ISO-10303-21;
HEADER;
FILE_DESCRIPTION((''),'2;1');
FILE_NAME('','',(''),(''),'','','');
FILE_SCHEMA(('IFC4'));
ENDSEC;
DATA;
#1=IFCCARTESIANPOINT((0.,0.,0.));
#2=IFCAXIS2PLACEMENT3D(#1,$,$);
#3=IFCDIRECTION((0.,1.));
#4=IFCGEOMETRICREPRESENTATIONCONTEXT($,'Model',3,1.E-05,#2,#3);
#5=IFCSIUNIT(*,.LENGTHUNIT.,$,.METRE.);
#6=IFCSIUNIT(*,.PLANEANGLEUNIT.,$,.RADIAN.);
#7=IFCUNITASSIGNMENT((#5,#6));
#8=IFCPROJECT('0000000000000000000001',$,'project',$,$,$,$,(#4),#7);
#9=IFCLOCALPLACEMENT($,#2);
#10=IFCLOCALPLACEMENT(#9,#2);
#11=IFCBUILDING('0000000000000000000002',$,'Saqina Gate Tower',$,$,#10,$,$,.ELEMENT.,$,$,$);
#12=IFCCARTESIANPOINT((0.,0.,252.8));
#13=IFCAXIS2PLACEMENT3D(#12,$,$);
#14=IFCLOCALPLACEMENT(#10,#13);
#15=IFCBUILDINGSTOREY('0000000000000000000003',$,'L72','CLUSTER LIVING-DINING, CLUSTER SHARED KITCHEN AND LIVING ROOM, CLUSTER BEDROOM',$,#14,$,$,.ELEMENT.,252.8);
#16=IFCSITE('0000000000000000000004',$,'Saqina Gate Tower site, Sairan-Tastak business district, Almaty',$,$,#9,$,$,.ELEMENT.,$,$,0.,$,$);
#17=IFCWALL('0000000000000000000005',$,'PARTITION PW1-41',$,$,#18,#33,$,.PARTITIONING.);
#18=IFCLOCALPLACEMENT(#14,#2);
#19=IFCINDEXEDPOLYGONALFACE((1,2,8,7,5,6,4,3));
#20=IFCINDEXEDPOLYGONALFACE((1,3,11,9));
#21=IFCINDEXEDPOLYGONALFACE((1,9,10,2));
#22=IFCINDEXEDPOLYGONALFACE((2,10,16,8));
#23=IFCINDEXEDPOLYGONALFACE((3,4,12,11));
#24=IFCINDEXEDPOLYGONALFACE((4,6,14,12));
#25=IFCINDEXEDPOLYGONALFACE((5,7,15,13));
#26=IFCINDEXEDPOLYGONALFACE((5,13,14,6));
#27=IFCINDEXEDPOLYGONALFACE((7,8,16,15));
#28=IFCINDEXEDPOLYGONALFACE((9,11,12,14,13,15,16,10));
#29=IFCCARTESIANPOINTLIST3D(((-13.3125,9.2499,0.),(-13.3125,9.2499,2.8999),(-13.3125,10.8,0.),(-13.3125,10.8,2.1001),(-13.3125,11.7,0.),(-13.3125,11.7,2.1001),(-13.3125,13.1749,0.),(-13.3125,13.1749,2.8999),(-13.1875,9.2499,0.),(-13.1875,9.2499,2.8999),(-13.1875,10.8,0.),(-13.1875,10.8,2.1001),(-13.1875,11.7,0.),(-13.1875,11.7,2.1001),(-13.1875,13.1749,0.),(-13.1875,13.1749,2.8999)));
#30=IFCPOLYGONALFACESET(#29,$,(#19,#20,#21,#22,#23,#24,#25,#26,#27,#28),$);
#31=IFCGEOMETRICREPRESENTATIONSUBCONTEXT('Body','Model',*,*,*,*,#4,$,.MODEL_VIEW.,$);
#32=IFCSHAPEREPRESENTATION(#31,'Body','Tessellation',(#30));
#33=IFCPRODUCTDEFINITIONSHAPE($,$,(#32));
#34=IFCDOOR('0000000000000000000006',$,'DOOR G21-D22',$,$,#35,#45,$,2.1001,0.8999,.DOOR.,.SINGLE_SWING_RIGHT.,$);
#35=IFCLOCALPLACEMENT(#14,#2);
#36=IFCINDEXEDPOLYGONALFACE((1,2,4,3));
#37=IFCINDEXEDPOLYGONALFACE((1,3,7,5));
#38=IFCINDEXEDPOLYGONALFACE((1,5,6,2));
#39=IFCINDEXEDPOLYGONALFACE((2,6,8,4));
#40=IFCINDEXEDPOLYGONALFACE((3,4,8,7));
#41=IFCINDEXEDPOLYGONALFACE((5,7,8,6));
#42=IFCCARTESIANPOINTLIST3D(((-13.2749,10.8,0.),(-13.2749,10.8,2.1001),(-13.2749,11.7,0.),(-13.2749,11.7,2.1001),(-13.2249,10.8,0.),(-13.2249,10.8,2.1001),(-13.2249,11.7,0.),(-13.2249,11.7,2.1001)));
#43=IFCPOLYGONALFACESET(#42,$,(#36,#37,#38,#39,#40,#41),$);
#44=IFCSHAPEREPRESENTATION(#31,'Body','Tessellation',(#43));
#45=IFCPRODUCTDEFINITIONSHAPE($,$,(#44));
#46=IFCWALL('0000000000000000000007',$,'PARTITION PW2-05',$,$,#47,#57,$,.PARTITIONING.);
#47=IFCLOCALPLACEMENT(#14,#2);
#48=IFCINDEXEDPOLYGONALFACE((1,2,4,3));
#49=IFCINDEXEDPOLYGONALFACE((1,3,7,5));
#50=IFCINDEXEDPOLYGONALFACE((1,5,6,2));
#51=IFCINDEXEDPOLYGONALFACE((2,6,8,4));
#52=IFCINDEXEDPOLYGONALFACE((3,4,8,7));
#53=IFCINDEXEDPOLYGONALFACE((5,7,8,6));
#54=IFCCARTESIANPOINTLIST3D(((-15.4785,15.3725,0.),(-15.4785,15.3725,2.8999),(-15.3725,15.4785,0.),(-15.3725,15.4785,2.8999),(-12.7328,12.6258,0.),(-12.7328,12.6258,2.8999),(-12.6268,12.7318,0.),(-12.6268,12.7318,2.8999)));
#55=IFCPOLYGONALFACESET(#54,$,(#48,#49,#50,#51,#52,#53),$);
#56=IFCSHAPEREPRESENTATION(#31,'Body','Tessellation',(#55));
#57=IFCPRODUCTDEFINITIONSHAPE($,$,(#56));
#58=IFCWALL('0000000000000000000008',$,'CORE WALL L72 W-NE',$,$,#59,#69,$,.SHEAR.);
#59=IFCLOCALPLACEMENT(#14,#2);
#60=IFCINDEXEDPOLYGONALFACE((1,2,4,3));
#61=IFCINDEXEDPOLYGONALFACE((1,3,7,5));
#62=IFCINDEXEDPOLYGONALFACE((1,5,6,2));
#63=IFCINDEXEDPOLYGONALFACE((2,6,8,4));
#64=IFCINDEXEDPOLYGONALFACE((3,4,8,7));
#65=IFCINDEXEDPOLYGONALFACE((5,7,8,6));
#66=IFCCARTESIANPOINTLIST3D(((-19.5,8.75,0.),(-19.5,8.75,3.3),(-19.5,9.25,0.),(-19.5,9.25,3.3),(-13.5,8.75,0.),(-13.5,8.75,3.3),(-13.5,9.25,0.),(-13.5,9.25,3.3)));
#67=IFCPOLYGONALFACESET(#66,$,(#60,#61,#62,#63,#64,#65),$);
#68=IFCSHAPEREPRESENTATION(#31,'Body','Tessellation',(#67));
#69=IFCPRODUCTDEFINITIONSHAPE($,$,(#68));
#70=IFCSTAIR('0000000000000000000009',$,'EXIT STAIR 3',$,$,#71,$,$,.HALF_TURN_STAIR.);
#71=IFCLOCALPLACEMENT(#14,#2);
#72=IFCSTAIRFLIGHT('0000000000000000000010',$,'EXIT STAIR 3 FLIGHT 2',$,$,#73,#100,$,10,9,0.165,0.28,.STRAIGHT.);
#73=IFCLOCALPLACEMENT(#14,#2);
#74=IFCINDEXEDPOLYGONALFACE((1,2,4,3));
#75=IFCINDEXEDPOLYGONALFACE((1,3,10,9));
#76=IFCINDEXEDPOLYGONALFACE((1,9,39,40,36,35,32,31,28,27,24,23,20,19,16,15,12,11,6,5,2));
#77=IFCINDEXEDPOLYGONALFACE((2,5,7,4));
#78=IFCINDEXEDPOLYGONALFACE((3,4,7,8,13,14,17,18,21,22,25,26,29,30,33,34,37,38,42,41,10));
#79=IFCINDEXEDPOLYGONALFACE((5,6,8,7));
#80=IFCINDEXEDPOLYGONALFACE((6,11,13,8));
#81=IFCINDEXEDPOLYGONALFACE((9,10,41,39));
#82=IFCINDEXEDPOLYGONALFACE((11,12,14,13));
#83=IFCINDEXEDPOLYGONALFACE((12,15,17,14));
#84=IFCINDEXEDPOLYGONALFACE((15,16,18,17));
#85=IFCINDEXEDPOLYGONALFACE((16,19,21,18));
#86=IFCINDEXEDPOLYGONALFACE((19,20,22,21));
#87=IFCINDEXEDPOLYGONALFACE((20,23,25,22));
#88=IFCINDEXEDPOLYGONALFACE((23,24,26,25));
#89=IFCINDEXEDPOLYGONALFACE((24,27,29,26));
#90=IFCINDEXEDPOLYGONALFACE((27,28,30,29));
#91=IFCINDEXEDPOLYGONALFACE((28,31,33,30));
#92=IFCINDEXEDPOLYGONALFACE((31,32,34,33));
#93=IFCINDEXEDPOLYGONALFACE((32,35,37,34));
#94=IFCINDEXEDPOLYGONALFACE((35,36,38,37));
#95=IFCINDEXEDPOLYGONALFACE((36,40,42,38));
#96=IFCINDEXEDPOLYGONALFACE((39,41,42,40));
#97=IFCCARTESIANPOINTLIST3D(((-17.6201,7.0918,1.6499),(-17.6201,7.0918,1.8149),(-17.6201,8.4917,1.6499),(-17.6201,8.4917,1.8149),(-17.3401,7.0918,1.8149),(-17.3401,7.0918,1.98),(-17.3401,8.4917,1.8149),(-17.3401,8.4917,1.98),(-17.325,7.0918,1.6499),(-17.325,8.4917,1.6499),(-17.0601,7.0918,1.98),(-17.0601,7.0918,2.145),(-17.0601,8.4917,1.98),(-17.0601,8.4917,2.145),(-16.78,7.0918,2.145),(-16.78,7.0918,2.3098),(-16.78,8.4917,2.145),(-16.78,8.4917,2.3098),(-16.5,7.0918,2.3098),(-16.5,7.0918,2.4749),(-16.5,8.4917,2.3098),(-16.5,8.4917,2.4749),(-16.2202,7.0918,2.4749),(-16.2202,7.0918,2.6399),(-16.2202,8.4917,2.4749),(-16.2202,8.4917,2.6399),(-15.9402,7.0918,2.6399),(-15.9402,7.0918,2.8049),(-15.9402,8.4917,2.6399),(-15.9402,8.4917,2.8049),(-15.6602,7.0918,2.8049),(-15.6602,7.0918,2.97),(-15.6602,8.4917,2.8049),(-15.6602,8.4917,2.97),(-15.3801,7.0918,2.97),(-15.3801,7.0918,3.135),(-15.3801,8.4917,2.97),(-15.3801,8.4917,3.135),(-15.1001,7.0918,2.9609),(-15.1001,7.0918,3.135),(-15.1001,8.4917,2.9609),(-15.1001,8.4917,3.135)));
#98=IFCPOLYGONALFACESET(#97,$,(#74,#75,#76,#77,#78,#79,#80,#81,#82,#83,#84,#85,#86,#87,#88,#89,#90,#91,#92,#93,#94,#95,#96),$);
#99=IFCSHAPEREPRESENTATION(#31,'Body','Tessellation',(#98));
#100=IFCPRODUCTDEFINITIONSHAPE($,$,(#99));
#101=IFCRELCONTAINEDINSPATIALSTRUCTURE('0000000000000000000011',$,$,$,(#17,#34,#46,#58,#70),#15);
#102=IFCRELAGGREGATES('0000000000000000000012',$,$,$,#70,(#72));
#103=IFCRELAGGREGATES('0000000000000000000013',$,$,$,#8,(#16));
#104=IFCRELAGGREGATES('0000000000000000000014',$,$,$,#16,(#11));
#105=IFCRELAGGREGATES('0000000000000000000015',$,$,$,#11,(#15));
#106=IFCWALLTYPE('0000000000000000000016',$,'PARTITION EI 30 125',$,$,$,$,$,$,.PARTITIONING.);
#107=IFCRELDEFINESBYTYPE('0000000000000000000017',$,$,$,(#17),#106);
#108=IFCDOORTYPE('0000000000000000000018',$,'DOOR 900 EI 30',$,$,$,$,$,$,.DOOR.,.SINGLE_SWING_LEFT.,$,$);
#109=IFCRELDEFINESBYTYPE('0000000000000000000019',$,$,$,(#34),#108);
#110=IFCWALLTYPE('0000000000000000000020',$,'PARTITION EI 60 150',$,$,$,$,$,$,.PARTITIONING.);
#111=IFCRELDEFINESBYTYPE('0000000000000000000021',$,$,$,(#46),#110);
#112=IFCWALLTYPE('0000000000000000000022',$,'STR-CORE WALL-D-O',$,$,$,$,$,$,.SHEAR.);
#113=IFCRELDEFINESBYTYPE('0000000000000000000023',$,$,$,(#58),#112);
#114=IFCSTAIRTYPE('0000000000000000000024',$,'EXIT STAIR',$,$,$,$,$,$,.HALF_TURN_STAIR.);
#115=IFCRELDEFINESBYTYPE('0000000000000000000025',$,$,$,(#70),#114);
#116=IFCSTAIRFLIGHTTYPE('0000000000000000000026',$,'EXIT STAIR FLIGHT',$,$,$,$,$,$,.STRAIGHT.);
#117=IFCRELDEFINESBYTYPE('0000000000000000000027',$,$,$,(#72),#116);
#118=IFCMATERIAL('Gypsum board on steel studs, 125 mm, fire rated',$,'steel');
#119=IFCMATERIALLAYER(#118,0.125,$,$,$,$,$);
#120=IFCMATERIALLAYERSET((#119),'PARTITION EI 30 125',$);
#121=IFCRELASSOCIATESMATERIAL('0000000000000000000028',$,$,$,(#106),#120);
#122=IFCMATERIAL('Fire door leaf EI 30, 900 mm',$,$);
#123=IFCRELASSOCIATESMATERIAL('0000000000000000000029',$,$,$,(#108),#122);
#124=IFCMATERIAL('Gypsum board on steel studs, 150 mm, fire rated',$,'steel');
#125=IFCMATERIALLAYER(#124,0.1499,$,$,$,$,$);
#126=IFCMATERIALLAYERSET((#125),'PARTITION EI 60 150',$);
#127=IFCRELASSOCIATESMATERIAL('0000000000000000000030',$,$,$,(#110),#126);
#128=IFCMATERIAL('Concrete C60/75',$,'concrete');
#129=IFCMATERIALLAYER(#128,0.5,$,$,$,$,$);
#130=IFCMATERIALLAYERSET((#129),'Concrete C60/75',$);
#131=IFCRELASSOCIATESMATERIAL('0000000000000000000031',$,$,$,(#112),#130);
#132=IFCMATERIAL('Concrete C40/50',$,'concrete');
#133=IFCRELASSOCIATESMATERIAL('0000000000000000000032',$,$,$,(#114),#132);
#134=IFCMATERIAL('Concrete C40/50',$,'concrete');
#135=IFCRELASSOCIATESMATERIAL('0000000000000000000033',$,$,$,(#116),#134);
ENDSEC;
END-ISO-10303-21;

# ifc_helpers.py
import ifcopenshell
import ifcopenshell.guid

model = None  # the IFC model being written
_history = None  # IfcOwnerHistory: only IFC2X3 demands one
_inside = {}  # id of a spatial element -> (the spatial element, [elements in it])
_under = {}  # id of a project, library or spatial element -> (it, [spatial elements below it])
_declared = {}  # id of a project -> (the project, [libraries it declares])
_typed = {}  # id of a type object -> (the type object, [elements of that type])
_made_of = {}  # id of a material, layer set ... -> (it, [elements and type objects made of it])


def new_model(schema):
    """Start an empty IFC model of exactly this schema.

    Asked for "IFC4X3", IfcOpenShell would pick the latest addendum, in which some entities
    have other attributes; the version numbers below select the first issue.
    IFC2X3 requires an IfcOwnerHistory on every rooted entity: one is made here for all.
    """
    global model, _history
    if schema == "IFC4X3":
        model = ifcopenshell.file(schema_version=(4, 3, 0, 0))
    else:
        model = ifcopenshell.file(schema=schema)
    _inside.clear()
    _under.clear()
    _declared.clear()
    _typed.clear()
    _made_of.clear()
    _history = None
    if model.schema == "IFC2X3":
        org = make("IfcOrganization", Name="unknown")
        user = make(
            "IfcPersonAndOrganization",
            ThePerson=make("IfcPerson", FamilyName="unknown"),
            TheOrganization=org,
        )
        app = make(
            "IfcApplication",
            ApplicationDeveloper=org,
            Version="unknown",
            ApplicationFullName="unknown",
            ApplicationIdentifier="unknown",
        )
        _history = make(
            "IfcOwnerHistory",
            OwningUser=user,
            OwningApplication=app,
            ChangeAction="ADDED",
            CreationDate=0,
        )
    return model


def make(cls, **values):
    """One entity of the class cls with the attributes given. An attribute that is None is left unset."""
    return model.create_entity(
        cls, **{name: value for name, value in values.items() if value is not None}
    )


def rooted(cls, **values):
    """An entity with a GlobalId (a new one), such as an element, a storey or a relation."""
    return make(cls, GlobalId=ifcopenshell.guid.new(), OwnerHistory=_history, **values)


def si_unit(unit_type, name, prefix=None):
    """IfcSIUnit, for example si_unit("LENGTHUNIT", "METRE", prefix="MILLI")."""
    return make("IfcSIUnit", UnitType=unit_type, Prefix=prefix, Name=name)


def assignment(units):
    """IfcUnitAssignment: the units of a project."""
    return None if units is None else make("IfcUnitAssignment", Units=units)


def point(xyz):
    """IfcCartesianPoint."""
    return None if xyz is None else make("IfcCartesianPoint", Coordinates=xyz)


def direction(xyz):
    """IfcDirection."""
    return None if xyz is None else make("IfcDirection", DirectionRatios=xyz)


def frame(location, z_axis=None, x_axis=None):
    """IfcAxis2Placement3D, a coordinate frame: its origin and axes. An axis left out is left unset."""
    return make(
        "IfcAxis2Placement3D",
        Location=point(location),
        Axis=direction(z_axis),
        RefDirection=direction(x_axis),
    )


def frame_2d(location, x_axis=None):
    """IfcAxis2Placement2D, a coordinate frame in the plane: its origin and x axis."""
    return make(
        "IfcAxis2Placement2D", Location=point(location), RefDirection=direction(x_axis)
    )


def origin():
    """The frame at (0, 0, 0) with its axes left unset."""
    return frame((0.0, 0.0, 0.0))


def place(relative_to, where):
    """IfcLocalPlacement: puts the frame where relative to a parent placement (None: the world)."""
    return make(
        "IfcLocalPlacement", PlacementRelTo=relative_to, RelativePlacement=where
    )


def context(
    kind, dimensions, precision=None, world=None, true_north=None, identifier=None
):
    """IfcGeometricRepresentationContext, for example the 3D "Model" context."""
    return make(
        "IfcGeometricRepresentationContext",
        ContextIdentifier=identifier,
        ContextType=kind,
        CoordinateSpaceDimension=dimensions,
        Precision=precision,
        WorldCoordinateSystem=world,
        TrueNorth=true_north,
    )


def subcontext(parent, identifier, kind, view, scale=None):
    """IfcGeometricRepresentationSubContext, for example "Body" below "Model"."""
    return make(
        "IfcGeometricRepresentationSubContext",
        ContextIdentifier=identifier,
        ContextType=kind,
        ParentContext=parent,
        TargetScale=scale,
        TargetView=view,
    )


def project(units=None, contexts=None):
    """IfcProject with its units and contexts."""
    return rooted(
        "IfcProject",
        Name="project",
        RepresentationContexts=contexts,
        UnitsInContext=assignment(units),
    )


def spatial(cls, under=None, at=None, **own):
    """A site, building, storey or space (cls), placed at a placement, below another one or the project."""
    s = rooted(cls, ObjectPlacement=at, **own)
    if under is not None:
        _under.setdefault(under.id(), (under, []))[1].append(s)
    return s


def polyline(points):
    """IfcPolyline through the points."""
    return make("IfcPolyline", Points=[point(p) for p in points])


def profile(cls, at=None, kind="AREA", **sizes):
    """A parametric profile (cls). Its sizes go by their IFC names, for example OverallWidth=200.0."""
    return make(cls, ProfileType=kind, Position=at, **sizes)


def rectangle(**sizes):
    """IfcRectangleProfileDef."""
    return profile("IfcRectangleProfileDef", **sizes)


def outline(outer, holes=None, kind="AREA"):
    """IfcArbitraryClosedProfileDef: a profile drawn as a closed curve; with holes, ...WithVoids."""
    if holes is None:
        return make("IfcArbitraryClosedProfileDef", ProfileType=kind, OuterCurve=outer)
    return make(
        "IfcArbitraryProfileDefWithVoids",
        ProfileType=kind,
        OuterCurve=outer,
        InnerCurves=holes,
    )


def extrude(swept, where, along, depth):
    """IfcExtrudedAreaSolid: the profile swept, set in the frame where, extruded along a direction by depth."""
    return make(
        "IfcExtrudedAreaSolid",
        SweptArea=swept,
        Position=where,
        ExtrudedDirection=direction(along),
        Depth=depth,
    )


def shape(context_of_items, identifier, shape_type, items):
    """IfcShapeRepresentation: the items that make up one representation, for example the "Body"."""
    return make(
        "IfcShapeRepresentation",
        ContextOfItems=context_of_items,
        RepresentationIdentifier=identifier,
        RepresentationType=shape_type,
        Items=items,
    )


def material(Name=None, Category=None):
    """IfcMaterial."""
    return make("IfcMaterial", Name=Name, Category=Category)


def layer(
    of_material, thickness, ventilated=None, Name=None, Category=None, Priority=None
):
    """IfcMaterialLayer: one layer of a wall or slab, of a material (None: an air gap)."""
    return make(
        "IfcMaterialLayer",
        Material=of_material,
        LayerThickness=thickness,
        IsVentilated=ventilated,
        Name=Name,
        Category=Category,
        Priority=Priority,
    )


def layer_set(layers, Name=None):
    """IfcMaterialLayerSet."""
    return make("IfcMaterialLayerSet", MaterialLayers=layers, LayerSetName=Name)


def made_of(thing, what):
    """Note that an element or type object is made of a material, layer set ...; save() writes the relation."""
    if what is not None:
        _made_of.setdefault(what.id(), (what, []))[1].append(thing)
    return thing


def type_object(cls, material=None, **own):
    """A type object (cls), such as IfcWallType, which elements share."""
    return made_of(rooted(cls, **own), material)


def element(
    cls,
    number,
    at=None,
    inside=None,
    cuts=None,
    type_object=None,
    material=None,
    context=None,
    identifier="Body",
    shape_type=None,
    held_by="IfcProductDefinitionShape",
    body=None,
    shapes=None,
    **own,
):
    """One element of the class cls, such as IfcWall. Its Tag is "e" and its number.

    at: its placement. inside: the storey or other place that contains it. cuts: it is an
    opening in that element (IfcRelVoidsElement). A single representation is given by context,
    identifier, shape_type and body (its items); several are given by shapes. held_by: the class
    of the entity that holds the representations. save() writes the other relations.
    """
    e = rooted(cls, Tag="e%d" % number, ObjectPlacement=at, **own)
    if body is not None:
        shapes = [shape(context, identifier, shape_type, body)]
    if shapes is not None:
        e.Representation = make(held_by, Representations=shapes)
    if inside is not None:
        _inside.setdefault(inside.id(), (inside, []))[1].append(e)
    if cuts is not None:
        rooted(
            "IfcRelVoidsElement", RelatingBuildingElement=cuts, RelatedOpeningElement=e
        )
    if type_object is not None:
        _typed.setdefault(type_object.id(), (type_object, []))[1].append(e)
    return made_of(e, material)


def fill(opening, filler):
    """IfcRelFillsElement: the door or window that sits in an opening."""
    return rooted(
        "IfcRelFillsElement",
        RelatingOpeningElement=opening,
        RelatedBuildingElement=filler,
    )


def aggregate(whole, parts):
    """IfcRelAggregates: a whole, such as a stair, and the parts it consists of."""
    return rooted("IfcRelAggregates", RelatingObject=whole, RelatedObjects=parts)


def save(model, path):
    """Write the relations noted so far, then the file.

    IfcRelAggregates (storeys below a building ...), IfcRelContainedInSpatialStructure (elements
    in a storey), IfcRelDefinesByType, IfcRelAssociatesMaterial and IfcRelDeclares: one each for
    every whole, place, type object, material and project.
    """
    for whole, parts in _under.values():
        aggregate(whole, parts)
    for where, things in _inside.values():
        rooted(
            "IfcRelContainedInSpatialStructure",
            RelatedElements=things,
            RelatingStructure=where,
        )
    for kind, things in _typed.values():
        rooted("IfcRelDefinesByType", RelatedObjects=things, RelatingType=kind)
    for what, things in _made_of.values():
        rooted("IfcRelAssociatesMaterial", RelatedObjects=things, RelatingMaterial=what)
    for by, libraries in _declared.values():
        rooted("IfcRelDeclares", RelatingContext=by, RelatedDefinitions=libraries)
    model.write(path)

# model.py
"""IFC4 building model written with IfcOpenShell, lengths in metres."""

from ifc_helpers import new_model, si_unit, direction, frame, frame_2d, origin, place, context, subcontext, project, spatial, polyline, rectangle, outline, extrude, material, layer, layer_set, type_object, element, fill, aggregate, save


model = new_model("IFC4")

# Units and contexts
model_context = context("Model", 3, precision=1e-05, world=origin(), true_north=direction((0.0, 1.0)))
body_context = subcontext(model_context, "Body", "Model", "MODEL_VIEW")
ifc_project = project(units=[si_unit("LENGTHUNIT", "METRE"), si_unit("PLANEANGLEUNIT", "RADIAN")], contexts=[model_context])

# Site, building, storey
site_placement = place(None, origin())
site = spatial("IfcSite", under=ifc_project, at=site_placement, Name="Saqina Gate Tower site, Sairan-Tastak business district, Almaty", CompositionType="ELEMENT", RefElevation=0.0)
building_placement = place(site_placement, origin())
building = spatial("IfcBuilding", under=site, at=building_placement, Name="Saqina Gate Tower", CompositionType="ELEMENT")
storey_placement = place(building_placement, frame((0.0, 0.0, 252.8)))
storey = spatial("IfcBuildingStorey", under=building, at=storey_placement, Name="L72", Description="CLUSTER LIVING-DINING, CLUSTER SHARED KITCHEN AND LIVING ROOM, CLUSTER BEDROOM", CompositionType="ELEMENT", Elevation=252.8)

# Shared definitions
ifc_material_1 = material(Name="Gypsum board on steel studs, 125 mm, fire rated", Category="steel")
ifc_layer_1 = layer(ifc_material_1, 0.125)
ifc_layer_set_1 = layer_set([ifc_layer_1], Name="PARTITION EI 30 125")
wall_type_1 = type_object("IfcWallType", Name="PARTITION EI 30 125", PredefinedType="PARTITIONING", material=ifc_layer_set_1)

# Wall, opening, door
wall_1_placement = place(storey_placement, frame((-13.25, 9.25, 0.0), z_axis=(0.0, 0.0, 1.0), x_axis=(0.0, 1.0, 0.0)))
wall_1 = element("IfcWall", 1, at=wall_1_placement, inside=storey, type_object=wall_type_1, Name="PARTITION PW1-41", PredefinedType="PARTITIONING", context=body_context, shape_type="SweptSolid", body=[
    extrude(rectangle(XDim=3.925, YDim=0.125, at=frame_2d((1.9624, 0.0))), origin(), (0.0, 0.0, 1.0), 2.8999),
])
opening_1_placement = place(wall_1_placement, frame((1.55, 0.0, 0.0)))
opening_1 = element("IfcOpeningElement", 2, at=opening_1_placement, cuts=wall_1, PredefinedType="OPENING", context=body_context, shape_type="SweptSolid", body=[
    extrude(rectangle(XDim=0.8999, YDim=2.1001, at=frame_2d((0.45, 1.05))), frame((0.0, 0.0745, 0.0), z_axis=(0.0, -1.0, 0.0), x_axis=(1.0, 0.0, 0.0)), (0.0, 0.0, 1.0), 0.1489),
])
ifc_material_2 = material(Name="Fire door leaf EI 30, 900 mm")
door_type_1 = type_object("IfcDoorType", Name="DOOR 900 EI 30", OperationType="SINGLE_SWING_LEFT", PredefinedType="DOOR", material=ifc_material_2)
door_1_placement = place(opening_1_placement, origin())
door_1 = element("IfcDoor", 3, at=door_1_placement, inside=storey, type_object=door_type_1, Name="DOOR G21-D22", OperationType="SINGLE_SWING_RIGHT", OverallHeight=2.1001, OverallWidth=0.8999, PredefinedType="DOOR", context=body_context, shape_type="SweptSolid", body=[
    extrude(rectangle(XDim=0.8999, YDim=2.1001, at=frame_2d((0.45, 1.05))), frame((0.0, 0.0249, 0.0), z_axis=(0.0, -1.0, 0.0), x_axis=(1.0, 0.0, 0.0)), (0.0, 0.0, 1.0), 0.05),
])
fill(opening_1, door_1)

# Walls
ifc_material_3 = material(Name="Gypsum board on steel studs, 150 mm, fire rated", Category="steel")
ifc_layer_2 = layer(ifc_material_3, 0.1499)
ifc_layer_set_2 = layer_set([ifc_layer_2], Name="PARTITION EI 60 150")
wall_type_2 = type_object("IfcWallType", Name="PARTITION EI 60 150", PredefinedType="PARTITIONING", material=ifc_layer_set_2)
wall_2_placement = place(storey_placement, frame((-15.4255, 15.4255, 0.0), z_axis=(0.0, 0.0, 1.0), x_axis=(0.706981, -0.707232, 0.0)))
element("IfcWall", 4, at=wall_2_placement, inside=storey, type_object=wall_type_2, Name="PARTITION PW2-05", PredefinedType="PARTITIONING", context=body_context, shape_type="SweptSolid", body=[
    extrude(rectangle(XDim=3.8838, YDim=0.1499, at=frame_2d((1.9419, 0.0))), origin(), (0.0, 0.0, 1.0), 2.8999),
])
ifc_material_4 = material(Name="Concrete C60/75", Category="concrete")
ifc_layer_3 = layer(ifc_material_4, 0.5)
ifc_layer_set_3 = layer_set([ifc_layer_3], Name="Concrete C60/75")
wall_type_3 = type_object("IfcWallType", Name="STR-CORE WALL-D-O", PredefinedType="SHEAR", material=ifc_layer_set_3)
wall_3_placement = place(storey_placement, frame((-13.5, 9.0, 0.0), z_axis=(0.0, 0.0, 1.0), x_axis=(-1.0, 0.0, 0.0)))
element("IfcWall", 5, at=wall_3_placement, inside=storey, type_object=wall_type_3, Name="CORE WALL L72 W-NE", PredefinedType="SHEAR", context=body_context, shape_type="SweptSolid", body=[
    extrude(rectangle(XDim=6.0, YDim=0.5, at=frame_2d((3.0, 0.0))), origin(), (0.0, 0.0, 1.0), 3.3),
])

# Stair, stair flight
ifc_material_5 = material(Name="Concrete C40/50", Category="concrete")
stair_type = type_object("IfcStairType", Name="EXIT STAIR", PredefinedType="HALF_TURN_STAIR", material=ifc_material_5)
stair_placement = place(storey_placement, origin())
stair = element("IfcStair", 6, at=stair_placement, inside=storey, type_object=stair_type, Name="EXIT STAIR 3", PredefinedType="HALF_TURN_STAIR")
ifc_material_6 = material(Name="Concrete C40/50", Category="concrete")
stair_flight_type = type_object("IfcStairFlightType", Name="EXIT STAIR FLIGHT", PredefinedType="STRAIGHT", material=ifc_material_6)
stair_flight_placement = place(storey_placement, frame((-17.6201, 7.7917, 1.6499), z_axis=(0.0, 0.0, 1.0), x_axis=(1.0, 0.0, 0.0)))
stair_flight = element("IfcStairFlight", 7, at=stair_flight_placement, type_object=stair_flight_type, Name="EXIT STAIR 3 FLIGHT 2", NumberOfRisers=10, NumberOfTreads=9, PredefinedType="STRAIGHT", RiserHeight=0.165, TreadLength=0.28, context=body_context, shape_type="SweptSolid", body=[
    extrude(outline(polyline([(0.0, 0.0), (0.0, 0.165), (0.28, 0.165), (0.28, 0.3301), (0.5601, 0.3301), (0.5601, 0.4951), (0.8401, 0.4951), (0.8401, 0.6599), (1.1201, 0.6599), (1.1201, 0.825), (1.3999, 0.825), (1.3999, 0.99), (1.6799, 0.99), (1.6799, 1.155), (1.96, 1.155), (1.96, 1.3201), (2.24, 1.3201), (2.24, 1.4851), (2.52, 1.4851), (2.52, 1.6499), (2.52, 1.311), (0.2952, 0.0), (0.0, 0.0)])), frame((0.0, 0.7, 0.0), z_axis=(0.0, -1.0, 0.0), x_axis=(1.0, 0.0, 0.0)), (0.0, 0.0, 1.0), 1.3999),
])
aggregate(stair, [stair_flight])

save(model, "model.ifc")
